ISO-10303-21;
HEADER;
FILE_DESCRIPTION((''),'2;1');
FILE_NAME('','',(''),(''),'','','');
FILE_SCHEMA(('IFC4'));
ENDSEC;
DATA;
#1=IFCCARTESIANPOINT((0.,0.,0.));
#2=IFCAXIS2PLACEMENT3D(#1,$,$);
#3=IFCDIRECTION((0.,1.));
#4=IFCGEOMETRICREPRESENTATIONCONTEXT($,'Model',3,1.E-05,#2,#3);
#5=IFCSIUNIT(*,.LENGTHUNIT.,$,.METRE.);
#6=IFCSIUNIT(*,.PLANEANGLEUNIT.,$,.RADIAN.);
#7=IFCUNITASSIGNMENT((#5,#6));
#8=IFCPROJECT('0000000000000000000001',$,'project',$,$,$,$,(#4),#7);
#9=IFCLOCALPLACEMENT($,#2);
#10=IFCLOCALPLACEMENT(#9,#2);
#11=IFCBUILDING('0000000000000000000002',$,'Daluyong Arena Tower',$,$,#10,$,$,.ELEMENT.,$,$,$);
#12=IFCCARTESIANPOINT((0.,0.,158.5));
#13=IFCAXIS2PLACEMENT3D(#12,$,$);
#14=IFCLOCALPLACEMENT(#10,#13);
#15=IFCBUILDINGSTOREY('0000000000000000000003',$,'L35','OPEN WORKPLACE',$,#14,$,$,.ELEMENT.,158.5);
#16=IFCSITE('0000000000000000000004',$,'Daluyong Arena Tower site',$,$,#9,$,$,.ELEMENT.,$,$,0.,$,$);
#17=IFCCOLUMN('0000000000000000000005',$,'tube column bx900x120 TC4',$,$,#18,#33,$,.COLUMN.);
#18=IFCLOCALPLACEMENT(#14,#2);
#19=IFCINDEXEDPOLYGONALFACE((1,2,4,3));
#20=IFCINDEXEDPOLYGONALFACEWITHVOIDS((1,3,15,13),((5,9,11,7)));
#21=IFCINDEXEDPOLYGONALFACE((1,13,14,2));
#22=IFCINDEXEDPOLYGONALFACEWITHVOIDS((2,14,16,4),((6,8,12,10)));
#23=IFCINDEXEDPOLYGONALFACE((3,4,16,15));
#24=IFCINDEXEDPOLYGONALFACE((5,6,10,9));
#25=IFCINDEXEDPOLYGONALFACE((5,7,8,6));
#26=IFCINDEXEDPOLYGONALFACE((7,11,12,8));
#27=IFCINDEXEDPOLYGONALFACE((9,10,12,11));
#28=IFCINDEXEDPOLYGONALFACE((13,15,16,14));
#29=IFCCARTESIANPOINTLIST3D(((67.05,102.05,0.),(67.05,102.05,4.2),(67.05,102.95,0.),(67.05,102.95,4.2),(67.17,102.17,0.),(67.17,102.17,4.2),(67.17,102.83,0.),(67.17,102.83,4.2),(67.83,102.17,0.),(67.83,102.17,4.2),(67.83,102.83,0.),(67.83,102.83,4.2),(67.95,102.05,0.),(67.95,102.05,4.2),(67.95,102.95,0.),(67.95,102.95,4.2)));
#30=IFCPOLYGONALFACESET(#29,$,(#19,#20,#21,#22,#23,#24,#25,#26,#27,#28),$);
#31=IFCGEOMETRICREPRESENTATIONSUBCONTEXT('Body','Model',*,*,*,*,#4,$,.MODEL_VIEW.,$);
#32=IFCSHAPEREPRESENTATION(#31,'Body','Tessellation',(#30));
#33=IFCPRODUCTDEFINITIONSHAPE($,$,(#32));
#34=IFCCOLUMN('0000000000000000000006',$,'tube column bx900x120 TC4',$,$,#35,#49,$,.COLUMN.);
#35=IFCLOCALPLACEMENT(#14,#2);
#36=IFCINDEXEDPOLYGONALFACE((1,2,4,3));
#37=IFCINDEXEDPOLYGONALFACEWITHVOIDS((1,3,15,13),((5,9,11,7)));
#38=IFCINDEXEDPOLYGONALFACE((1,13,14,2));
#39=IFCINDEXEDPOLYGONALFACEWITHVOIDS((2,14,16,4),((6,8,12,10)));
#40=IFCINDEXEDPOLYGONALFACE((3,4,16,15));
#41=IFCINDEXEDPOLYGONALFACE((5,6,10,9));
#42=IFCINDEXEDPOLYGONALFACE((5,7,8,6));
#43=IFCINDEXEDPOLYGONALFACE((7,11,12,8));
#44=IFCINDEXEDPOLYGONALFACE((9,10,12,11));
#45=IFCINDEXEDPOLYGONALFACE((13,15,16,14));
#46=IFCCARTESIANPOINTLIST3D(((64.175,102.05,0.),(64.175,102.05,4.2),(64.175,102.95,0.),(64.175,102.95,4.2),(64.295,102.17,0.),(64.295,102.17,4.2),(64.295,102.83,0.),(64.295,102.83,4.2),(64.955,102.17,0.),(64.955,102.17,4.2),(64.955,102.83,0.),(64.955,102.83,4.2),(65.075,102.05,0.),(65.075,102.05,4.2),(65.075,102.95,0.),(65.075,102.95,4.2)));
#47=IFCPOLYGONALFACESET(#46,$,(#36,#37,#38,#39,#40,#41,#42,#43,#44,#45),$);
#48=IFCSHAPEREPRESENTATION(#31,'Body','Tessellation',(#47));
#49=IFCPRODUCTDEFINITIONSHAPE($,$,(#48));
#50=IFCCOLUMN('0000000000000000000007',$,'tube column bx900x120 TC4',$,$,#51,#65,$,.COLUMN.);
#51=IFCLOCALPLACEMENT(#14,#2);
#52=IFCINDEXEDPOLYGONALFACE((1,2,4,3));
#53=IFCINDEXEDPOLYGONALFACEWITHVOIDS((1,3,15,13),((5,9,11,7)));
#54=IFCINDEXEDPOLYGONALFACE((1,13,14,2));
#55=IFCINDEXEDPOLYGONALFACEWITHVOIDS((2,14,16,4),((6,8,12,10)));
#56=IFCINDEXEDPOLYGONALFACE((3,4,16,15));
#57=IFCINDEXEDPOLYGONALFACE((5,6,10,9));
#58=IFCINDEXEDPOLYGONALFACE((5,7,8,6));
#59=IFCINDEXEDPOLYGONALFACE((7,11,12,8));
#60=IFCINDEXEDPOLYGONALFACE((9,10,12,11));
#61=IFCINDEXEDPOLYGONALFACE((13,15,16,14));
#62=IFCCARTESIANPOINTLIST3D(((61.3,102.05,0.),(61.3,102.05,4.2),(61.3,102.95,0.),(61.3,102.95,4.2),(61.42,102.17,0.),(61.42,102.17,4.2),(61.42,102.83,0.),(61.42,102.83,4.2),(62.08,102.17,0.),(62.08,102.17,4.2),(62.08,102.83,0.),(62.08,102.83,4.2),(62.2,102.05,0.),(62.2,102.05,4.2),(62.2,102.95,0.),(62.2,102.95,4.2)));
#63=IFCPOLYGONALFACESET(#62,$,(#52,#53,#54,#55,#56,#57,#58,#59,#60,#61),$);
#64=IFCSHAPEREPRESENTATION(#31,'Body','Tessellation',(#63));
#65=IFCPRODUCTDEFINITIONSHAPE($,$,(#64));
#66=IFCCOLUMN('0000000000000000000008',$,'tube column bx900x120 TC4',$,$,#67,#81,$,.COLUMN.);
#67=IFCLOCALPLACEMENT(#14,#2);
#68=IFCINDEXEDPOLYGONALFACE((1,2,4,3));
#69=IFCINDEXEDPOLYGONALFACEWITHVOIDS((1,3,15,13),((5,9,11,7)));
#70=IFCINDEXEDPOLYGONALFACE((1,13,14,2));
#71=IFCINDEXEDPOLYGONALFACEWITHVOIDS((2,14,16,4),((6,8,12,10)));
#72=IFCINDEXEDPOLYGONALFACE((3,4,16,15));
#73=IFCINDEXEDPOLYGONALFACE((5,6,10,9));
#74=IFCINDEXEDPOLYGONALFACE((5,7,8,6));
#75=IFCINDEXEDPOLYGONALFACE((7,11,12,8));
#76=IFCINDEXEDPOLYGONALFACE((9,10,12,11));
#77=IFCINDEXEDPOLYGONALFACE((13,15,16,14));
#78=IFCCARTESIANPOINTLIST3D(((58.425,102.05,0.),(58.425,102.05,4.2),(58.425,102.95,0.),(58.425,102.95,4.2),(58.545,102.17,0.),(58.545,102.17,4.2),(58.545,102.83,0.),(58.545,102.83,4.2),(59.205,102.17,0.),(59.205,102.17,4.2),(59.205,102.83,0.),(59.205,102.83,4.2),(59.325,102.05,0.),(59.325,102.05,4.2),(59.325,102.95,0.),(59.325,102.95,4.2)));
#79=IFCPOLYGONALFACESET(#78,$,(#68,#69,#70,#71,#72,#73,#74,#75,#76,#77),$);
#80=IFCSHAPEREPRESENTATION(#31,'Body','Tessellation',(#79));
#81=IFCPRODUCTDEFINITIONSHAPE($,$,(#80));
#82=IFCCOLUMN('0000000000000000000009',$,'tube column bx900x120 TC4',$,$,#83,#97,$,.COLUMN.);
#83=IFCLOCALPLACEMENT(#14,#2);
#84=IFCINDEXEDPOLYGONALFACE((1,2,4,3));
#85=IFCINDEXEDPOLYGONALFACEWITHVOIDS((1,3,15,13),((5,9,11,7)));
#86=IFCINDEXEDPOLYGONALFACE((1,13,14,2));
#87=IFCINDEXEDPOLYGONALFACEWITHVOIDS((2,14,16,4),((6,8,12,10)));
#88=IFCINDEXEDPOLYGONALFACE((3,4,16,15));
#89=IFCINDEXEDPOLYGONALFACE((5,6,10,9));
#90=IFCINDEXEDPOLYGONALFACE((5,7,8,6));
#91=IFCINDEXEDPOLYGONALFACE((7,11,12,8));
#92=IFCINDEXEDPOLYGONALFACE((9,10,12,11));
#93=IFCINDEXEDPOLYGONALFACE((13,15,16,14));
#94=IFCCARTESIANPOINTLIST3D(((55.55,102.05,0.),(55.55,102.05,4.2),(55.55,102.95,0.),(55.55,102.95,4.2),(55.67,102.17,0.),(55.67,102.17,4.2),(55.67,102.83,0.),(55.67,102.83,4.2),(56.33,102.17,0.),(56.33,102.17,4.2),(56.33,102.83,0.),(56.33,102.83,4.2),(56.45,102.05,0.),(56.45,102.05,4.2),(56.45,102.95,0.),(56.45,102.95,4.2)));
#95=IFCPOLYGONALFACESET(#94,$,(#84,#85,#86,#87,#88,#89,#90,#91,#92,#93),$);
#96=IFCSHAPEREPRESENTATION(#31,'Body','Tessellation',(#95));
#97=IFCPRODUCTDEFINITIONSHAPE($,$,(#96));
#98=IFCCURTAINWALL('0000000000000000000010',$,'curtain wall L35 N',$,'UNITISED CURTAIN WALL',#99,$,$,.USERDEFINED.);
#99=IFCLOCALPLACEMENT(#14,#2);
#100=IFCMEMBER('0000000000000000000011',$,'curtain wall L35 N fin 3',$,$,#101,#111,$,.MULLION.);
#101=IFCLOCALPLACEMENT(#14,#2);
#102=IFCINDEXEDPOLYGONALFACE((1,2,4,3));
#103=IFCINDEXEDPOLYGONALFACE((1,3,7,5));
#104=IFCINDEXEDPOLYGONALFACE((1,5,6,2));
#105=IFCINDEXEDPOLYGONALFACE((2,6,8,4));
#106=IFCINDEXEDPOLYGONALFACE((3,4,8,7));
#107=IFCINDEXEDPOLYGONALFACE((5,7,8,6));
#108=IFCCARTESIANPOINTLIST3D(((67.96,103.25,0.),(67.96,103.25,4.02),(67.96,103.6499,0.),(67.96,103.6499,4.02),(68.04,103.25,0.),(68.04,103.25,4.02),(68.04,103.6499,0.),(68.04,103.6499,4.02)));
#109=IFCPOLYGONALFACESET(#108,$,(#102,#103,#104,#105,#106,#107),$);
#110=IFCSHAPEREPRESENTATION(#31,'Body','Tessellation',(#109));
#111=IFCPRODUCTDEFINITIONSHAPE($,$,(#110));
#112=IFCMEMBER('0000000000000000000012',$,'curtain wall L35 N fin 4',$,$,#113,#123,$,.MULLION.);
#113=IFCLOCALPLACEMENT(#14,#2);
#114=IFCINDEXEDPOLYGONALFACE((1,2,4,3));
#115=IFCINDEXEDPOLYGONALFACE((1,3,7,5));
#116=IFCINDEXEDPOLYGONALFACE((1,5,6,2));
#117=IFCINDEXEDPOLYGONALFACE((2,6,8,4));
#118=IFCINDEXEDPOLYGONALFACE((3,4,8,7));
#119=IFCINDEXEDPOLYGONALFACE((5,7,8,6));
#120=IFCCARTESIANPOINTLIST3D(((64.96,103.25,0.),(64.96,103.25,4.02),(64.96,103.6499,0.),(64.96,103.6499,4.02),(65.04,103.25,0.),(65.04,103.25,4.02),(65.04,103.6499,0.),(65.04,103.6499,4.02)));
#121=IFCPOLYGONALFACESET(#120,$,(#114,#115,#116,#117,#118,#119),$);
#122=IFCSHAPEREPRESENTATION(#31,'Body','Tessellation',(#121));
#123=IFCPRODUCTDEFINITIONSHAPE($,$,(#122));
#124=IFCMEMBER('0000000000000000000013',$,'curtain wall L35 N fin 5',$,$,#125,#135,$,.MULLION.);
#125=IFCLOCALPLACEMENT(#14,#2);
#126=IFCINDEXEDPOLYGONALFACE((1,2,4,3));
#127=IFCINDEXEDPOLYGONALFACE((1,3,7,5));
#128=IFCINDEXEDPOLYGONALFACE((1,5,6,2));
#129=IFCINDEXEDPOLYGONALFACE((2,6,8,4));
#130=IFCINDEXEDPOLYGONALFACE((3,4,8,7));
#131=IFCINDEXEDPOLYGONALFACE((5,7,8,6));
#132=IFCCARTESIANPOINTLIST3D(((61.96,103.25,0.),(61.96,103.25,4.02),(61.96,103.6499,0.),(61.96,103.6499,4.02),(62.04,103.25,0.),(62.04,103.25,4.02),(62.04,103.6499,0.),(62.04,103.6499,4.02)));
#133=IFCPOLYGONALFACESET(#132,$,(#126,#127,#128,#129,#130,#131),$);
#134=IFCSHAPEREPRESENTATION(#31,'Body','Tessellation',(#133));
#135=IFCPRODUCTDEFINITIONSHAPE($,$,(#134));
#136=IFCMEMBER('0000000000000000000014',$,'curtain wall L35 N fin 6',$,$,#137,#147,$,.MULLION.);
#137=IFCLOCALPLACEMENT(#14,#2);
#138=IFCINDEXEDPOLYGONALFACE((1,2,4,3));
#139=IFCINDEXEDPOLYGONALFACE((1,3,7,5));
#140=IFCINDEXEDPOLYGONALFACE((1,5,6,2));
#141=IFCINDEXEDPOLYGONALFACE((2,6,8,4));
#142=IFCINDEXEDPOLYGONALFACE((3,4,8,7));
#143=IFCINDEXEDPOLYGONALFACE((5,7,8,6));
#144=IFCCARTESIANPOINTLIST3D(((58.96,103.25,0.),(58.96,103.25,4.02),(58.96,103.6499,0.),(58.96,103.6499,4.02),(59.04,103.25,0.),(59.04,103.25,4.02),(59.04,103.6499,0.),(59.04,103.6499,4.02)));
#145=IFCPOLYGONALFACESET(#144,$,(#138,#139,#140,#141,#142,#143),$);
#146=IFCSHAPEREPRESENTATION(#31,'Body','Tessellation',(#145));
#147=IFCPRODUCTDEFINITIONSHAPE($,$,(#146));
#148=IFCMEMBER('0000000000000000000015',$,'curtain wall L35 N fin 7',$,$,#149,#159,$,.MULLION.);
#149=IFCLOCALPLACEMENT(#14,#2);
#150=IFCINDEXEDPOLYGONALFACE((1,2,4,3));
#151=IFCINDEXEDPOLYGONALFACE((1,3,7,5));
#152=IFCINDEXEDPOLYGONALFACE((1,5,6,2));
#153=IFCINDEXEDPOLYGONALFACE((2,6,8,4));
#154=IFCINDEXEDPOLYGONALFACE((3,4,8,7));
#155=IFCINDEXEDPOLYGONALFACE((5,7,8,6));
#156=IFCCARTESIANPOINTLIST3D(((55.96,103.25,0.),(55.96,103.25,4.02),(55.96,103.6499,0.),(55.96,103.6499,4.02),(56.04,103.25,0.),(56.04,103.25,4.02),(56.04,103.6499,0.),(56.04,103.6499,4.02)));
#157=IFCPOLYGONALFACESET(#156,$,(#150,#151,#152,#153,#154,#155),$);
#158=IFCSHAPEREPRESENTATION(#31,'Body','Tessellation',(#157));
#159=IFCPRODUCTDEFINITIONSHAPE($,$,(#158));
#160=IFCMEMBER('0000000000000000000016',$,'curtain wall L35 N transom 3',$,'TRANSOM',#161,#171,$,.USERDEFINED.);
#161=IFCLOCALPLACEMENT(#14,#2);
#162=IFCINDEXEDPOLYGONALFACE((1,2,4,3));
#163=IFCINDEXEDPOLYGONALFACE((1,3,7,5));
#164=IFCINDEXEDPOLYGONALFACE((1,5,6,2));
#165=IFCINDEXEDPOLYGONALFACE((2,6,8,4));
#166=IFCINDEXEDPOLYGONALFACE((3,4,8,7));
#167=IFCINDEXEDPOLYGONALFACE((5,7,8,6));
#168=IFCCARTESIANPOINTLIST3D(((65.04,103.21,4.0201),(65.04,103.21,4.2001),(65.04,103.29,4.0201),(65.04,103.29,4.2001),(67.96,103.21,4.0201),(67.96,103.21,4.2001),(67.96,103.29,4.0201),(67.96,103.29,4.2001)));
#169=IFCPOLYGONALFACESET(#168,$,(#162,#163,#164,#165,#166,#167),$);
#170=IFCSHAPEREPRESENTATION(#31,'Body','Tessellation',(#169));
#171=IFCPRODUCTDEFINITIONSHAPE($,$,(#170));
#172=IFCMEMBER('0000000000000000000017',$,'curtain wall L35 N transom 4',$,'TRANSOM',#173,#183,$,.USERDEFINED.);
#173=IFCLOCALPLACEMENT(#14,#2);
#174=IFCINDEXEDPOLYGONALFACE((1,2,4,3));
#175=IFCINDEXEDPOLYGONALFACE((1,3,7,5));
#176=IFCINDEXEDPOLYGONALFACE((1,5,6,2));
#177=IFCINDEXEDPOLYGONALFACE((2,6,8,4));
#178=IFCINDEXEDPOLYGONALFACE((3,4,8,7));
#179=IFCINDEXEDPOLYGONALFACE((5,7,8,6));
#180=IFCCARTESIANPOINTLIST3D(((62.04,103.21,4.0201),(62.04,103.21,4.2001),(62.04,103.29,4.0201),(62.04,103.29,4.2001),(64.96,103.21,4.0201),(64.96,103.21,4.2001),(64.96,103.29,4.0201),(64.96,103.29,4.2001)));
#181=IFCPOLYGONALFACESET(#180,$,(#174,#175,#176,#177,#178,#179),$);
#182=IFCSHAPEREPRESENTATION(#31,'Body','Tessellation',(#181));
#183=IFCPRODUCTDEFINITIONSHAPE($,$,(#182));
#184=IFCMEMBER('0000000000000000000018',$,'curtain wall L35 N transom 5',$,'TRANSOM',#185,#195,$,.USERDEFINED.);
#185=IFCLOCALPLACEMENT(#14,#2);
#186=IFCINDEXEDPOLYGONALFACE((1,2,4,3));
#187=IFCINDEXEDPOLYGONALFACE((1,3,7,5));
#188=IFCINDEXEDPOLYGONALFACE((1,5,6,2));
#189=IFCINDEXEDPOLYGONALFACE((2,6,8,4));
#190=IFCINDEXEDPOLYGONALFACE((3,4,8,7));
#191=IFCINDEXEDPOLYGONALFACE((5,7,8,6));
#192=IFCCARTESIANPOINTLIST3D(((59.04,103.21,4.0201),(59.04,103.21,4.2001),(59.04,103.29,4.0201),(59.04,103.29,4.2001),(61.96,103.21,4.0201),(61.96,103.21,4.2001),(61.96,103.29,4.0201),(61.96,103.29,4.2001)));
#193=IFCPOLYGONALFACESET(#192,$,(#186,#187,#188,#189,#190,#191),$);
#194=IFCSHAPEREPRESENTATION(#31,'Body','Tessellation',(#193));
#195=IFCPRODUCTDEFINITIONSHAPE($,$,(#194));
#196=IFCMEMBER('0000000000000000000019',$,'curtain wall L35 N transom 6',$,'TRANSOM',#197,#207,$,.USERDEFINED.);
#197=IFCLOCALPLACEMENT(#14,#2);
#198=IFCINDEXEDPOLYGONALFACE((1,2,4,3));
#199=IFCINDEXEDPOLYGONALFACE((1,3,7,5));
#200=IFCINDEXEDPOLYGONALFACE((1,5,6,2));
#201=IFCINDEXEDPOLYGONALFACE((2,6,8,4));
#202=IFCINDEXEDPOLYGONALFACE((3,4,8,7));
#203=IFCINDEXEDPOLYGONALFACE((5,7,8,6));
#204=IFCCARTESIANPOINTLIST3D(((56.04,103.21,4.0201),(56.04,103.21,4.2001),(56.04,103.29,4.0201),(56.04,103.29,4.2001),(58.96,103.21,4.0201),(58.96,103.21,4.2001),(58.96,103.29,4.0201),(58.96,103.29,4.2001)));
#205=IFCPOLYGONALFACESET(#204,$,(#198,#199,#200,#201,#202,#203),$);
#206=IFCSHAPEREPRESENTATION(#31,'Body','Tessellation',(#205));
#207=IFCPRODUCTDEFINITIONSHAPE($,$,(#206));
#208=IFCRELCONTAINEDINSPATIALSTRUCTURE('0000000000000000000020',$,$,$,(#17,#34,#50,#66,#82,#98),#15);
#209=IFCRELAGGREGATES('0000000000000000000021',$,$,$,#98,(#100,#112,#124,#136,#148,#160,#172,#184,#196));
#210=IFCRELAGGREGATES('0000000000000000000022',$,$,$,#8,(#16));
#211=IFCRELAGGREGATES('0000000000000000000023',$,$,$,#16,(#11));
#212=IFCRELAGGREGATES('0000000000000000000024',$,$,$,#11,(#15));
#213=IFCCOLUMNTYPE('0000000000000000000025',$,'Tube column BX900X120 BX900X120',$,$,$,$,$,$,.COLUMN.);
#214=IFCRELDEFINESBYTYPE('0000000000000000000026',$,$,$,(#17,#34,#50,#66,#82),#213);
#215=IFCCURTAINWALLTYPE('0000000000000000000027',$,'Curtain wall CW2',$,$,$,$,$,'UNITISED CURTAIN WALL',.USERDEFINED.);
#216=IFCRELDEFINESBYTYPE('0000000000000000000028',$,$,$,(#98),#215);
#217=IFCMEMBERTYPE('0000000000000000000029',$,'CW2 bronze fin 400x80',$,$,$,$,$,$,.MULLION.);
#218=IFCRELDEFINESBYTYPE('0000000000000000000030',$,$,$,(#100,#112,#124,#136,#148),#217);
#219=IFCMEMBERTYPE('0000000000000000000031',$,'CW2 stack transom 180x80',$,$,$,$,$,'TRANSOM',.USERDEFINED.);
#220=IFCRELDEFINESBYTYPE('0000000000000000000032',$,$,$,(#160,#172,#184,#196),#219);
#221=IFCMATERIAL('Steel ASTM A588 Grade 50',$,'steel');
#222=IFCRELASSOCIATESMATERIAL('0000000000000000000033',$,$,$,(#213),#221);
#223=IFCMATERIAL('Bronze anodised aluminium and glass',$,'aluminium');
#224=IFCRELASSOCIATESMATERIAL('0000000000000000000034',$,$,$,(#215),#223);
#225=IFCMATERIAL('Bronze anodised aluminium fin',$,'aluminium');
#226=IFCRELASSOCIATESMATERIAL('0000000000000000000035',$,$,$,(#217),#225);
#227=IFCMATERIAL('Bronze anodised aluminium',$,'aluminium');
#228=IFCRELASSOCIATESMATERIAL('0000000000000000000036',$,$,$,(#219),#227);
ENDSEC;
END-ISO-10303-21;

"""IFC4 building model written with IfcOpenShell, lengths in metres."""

from ifc_helpers import new_model, si_unit, direction, frame, origin, origin_2d, place, context, subcontext, project, spatial, rectangle, hollow_rectangle, extrude, material, material_profile, profile_set, type_object, element, aggregate, save


model = new_model("IFC4")

# Units and contexts
model_context = context("Model", 3, precision=1e-05, world=origin(), true_north=direction((0.0, 1.0)))
body_context = subcontext(model_context, "Body", "Model", "MODEL_VIEW")
ifc_project = project(units=[si_unit("LENGTHUNIT", "METRE"), si_unit("PLANEANGLEUNIT", "RADIAN")], contexts=[model_context])

# Site, building, storey
site_placement = place(None, origin())
site = spatial("IfcSite", under=ifc_project, at=site_placement, Name="Daluyong Arena Tower site", CompositionType="ELEMENT", RefElevation=0.0)
building_placement = place(site_placement, origin())
building = spatial("IfcBuilding", under=site, at=building_placement, Name="Daluyong Arena Tower", CompositionType="ELEMENT")
storey_placement = place(building_placement, frame((0.0, 0.0, 158.5)))
storey = spatial("IfcBuildingStorey", under=building, at=storey_placement, Name="L35", Description="OPEN WORKPLACE", CompositionType="ELEMENT", Elevation=158.5)

# Columns
ifc_material_1 = material(Name="Steel ASTM A588 Grade 50", Category="steel")
ifc_material_profile_1 = material_profile(ifc_material_1, hollow_rectangle(XDim=0.8999, YDim=0.8999, WallThickness=0.12, at=origin_2d()))
ifc_profile_set_1 = profile_set([ifc_material_profile_1], Name="Steel ASTM A588 Grade 50")
column_type = type_object("IfcColumnType", Name="Tube column BX900X120 BX900X120", PredefinedType="COLUMN", material=ifc_profile_set_1)
for number, where, z_axis, x_axis, name in (
    (1, (67.5, 102.5, 0.0), (0.0, 0.0, 1.0), (1.0, 0.0, 0.0), "tube column bx900x120 TC4"),
    (2, (64.625, 102.5, 0.0), (0.0, 0.0, 1.0), (1.0, 0.0, 0.0), "tube column bx900x120 TC4"),
    (3, (61.75, 102.5, 0.0), (0.0, 0.0, 1.0), (1.0, 0.0, 0.0), "tube column bx900x120 TC4"),
    (4, (58.875, 102.5, 0.0), (0.0, 0.0, 1.0), (1.0, 0.0, 0.0), "tube column bx900x120 TC4"),
    (5, (56.0, 102.5, 0.0), (0.0, 0.0, 1.0), (1.0, 0.0, 0.0), "tube column bx900x120 TC4"),
):
    element("IfcColumn", number, at=place(storey_placement, frame(where, z_axis=z_axis, x_axis=x_axis)), inside=storey, type_object=column_type, Name=name, PredefinedType="COLUMN", context=body_context, shape_type="SweptSolid", body=[
        extrude(hollow_rectangle(XDim=0.8999, YDim=0.8999, WallThickness=0.12, at=origin_2d()), origin(), (0.0, 0.0, 1.0), 4.2),
    ])

# Curtain wall, members
ifc_material_2 = material(Name="Bronze anodised aluminium and glass", Category="aluminium")
curtain_wall_type = type_object("IfcCurtainWallType", Name="Curtain wall CW2", ElementType="UNITISED CURTAIN WALL", PredefinedType="USERDEFINED", material=ifc_material_2)
curtain_wall_placement = place(storey_placement, origin())
curtain_wall = element("IfcCurtainWall", 6, at=curtain_wall_placement, inside=storey, type_object=curtain_wall_type, Name="curtain wall L35 N", ObjectType="UNITISED CURTAIN WALL", PredefinedType="USERDEFINED")
ifc_material_3 = material(Name="Bronze anodised aluminium fin", Category="aluminium")
ifc_material_profile_2 = material_profile(ifc_material_3, rectangle(XDim=0.3999, YDim=0.0801, at=origin_2d()))
ifc_profile_set_2 = profile_set([ifc_material_profile_2], Name="Bronze anodised aluminium fin")
member_type_1 = type_object("IfcMemberType", Name="CW2 bronze fin 400x80", PredefinedType="MULLION", material=ifc_profile_set_2)
member_1_placement = place(storey_placement, frame((68.0, 103.45, 0.0), z_axis=(0.0, 0.0, 1.0), x_axis=(0.0, -1.0, 0.0)))
member_1 = element("IfcMember", 7, at=member_1_placement, type_object=member_type_1, Name="curtain wall L35 N fin 3", PredefinedType="MULLION", context=body_context, shape_type="SweptSolid", body=[
    extrude(rectangle(XDim=0.3999, YDim=0.0801, at=origin_2d()), origin(), (0.0, 0.0, 1.0), 4.02),
])
member_2_placement = place(storey_placement, frame((65.0, 103.45, 0.0), z_axis=(0.0, 0.0, 1.0), x_axis=(0.0, -1.0, 0.0)))
member_2 = element("IfcMember", 8, at=member_2_placement, type_object=member_type_1, Name="curtain wall L35 N fin 4", PredefinedType="MULLION", context=body_context, shape_type="SweptSolid", body=[
    extrude(rectangle(XDim=0.3999, YDim=0.0801, at=origin_2d()), origin(), (0.0, 0.0, 1.0), 4.02),
])
member_3_placement = place(storey_placement, frame((62.0, 103.45, 0.0), z_axis=(0.0, 0.0, 1.0), x_axis=(0.0, -1.0, 0.0)))
member_3 = element("IfcMember", 9, at=member_3_placement, type_object=member_type_1, Name="curtain wall L35 N fin 5", PredefinedType="MULLION", context=body_context, shape_type="SweptSolid", body=[
    extrude(rectangle(XDim=0.3999, YDim=0.0801, at=origin_2d()), origin(), (0.0, 0.0, 1.0), 4.02),
])
member_4_placement = place(storey_placement, frame((59.0, 103.45, 0.0), z_axis=(0.0, 0.0, 1.0), x_axis=(0.0, -1.0, 0.0)))
member_4 = element("IfcMember", 10, at=member_4_placement, type_object=member_type_1, Name="curtain wall L35 N fin 6", PredefinedType="MULLION", context=body_context, shape_type="SweptSolid", body=[
    extrude(rectangle(XDim=0.3999, YDim=0.0801, at=origin_2d()), origin(), (0.0, 0.0, 1.0), 4.02),
])
member_5_placement = place(storey_placement, frame((56.0, 103.45, 0.0), z_axis=(0.0, 0.0, 1.0), x_axis=(0.0, -1.0, 0.0)))
member_5 = element("IfcMember", 11, at=member_5_placement, type_object=member_type_1, Name="curtain wall L35 N fin 7", PredefinedType="MULLION", context=body_context, shape_type="SweptSolid", body=[
    extrude(rectangle(XDim=0.3999, YDim=0.0801, at=origin_2d()), origin(), (0.0, 0.0, 1.0), 4.02),
])
ifc_material_4 = material(Name="Bronze anodised aluminium", Category="aluminium")
ifc_material_profile_3 = material_profile(ifc_material_4, rectangle(XDim=0.0801, YDim=0.1799, at=origin_2d()))
ifc_profile_set_3 = profile_set([ifc_material_profile_3], Name="Bronze anodised aluminium")
member_type_2 = type_object("IfcMemberType", Name="CW2 stack transom 180x80", ElementType="TRANSOM", PredefinedType="USERDEFINED", material=ifc_profile_set_3)
member_6_placement = place(storey_placement, frame((67.96, 103.25, 4.1101), z_axis=(-1.0, 0.0, 0.0), x_axis=(0.0, -1.0, 0.0)))
member_6 = element("IfcMember", 12, at=member_6_placement, type_object=member_type_2, Name="curtain wall L35 N transom 3", ObjectType="TRANSOM", PredefinedType="USERDEFINED", context=body_context, shape_type="SweptSolid", body=[
    extrude(rectangle(XDim=0.0801, YDim=0.1799, at=origin_2d()), origin(), (0.0, 0.0, 1.0), 2.9199),
])
member_7_placement = place(storey_placement, frame((64.96, 103.25, 4.1101), z_axis=(-1.0, 0.0, 0.0), x_axis=(0.0, -1.0, 0.0)))
member_7 = element("IfcMember", 13, at=member_7_placement, type_object=member_type_2, Name="curtain wall L35 N transom 4", ObjectType="TRANSOM", PredefinedType="USERDEFINED", context=body_context, shape_type="SweptSolid", body=[
    extrude(rectangle(XDim=0.0801, YDim=0.1799, at=origin_2d()), origin(), (0.0, 0.0, 1.0), 2.9199),
])
member_8_placement = place(storey_placement, frame((61.96, 103.25, 4.1101), z_axis=(-1.0, 0.0, 0.0), x_axis=(0.0, -1.0, 0.0)))
member_8 = element("IfcMember", 14, at=member_8_placement, type_object=member_type_2, Name="curtain wall L35 N transom 5", ObjectType="TRANSOM", PredefinedType="USERDEFINED", context=body_context, shape_type="SweptSolid", body=[
    extrude(rectangle(XDim=0.0801, YDim=0.1799, at=origin_2d()), origin(), (0.0, 0.0, 1.0), 2.9199),
])
member_9_placement = place(storey_placement, frame((58.96, 103.25, 4.1101), z_axis=(-1.0, 0.0, 0.0), x_axis=(0.0, -1.0, 0.0)))
member_9 = element("IfcMember", 15, at=member_9_placement, type_object=member_type_2, Name="curtain wall L35 N transom 6", ObjectType="TRANSOM", PredefinedType="USERDEFINED", context=body_context, shape_type="SweptSolid", body=[
    extrude(rectangle(XDim=0.0801, YDim=0.1799, at=origin_2d()), origin(), (0.0, 0.0, 1.0), 2.9199),
])

aggregate(curtain_wall, [member_1, member_2, member_3, member_4, member_5, member_6, member_7, member_8, member_9])

save(model, "model.ifc")
